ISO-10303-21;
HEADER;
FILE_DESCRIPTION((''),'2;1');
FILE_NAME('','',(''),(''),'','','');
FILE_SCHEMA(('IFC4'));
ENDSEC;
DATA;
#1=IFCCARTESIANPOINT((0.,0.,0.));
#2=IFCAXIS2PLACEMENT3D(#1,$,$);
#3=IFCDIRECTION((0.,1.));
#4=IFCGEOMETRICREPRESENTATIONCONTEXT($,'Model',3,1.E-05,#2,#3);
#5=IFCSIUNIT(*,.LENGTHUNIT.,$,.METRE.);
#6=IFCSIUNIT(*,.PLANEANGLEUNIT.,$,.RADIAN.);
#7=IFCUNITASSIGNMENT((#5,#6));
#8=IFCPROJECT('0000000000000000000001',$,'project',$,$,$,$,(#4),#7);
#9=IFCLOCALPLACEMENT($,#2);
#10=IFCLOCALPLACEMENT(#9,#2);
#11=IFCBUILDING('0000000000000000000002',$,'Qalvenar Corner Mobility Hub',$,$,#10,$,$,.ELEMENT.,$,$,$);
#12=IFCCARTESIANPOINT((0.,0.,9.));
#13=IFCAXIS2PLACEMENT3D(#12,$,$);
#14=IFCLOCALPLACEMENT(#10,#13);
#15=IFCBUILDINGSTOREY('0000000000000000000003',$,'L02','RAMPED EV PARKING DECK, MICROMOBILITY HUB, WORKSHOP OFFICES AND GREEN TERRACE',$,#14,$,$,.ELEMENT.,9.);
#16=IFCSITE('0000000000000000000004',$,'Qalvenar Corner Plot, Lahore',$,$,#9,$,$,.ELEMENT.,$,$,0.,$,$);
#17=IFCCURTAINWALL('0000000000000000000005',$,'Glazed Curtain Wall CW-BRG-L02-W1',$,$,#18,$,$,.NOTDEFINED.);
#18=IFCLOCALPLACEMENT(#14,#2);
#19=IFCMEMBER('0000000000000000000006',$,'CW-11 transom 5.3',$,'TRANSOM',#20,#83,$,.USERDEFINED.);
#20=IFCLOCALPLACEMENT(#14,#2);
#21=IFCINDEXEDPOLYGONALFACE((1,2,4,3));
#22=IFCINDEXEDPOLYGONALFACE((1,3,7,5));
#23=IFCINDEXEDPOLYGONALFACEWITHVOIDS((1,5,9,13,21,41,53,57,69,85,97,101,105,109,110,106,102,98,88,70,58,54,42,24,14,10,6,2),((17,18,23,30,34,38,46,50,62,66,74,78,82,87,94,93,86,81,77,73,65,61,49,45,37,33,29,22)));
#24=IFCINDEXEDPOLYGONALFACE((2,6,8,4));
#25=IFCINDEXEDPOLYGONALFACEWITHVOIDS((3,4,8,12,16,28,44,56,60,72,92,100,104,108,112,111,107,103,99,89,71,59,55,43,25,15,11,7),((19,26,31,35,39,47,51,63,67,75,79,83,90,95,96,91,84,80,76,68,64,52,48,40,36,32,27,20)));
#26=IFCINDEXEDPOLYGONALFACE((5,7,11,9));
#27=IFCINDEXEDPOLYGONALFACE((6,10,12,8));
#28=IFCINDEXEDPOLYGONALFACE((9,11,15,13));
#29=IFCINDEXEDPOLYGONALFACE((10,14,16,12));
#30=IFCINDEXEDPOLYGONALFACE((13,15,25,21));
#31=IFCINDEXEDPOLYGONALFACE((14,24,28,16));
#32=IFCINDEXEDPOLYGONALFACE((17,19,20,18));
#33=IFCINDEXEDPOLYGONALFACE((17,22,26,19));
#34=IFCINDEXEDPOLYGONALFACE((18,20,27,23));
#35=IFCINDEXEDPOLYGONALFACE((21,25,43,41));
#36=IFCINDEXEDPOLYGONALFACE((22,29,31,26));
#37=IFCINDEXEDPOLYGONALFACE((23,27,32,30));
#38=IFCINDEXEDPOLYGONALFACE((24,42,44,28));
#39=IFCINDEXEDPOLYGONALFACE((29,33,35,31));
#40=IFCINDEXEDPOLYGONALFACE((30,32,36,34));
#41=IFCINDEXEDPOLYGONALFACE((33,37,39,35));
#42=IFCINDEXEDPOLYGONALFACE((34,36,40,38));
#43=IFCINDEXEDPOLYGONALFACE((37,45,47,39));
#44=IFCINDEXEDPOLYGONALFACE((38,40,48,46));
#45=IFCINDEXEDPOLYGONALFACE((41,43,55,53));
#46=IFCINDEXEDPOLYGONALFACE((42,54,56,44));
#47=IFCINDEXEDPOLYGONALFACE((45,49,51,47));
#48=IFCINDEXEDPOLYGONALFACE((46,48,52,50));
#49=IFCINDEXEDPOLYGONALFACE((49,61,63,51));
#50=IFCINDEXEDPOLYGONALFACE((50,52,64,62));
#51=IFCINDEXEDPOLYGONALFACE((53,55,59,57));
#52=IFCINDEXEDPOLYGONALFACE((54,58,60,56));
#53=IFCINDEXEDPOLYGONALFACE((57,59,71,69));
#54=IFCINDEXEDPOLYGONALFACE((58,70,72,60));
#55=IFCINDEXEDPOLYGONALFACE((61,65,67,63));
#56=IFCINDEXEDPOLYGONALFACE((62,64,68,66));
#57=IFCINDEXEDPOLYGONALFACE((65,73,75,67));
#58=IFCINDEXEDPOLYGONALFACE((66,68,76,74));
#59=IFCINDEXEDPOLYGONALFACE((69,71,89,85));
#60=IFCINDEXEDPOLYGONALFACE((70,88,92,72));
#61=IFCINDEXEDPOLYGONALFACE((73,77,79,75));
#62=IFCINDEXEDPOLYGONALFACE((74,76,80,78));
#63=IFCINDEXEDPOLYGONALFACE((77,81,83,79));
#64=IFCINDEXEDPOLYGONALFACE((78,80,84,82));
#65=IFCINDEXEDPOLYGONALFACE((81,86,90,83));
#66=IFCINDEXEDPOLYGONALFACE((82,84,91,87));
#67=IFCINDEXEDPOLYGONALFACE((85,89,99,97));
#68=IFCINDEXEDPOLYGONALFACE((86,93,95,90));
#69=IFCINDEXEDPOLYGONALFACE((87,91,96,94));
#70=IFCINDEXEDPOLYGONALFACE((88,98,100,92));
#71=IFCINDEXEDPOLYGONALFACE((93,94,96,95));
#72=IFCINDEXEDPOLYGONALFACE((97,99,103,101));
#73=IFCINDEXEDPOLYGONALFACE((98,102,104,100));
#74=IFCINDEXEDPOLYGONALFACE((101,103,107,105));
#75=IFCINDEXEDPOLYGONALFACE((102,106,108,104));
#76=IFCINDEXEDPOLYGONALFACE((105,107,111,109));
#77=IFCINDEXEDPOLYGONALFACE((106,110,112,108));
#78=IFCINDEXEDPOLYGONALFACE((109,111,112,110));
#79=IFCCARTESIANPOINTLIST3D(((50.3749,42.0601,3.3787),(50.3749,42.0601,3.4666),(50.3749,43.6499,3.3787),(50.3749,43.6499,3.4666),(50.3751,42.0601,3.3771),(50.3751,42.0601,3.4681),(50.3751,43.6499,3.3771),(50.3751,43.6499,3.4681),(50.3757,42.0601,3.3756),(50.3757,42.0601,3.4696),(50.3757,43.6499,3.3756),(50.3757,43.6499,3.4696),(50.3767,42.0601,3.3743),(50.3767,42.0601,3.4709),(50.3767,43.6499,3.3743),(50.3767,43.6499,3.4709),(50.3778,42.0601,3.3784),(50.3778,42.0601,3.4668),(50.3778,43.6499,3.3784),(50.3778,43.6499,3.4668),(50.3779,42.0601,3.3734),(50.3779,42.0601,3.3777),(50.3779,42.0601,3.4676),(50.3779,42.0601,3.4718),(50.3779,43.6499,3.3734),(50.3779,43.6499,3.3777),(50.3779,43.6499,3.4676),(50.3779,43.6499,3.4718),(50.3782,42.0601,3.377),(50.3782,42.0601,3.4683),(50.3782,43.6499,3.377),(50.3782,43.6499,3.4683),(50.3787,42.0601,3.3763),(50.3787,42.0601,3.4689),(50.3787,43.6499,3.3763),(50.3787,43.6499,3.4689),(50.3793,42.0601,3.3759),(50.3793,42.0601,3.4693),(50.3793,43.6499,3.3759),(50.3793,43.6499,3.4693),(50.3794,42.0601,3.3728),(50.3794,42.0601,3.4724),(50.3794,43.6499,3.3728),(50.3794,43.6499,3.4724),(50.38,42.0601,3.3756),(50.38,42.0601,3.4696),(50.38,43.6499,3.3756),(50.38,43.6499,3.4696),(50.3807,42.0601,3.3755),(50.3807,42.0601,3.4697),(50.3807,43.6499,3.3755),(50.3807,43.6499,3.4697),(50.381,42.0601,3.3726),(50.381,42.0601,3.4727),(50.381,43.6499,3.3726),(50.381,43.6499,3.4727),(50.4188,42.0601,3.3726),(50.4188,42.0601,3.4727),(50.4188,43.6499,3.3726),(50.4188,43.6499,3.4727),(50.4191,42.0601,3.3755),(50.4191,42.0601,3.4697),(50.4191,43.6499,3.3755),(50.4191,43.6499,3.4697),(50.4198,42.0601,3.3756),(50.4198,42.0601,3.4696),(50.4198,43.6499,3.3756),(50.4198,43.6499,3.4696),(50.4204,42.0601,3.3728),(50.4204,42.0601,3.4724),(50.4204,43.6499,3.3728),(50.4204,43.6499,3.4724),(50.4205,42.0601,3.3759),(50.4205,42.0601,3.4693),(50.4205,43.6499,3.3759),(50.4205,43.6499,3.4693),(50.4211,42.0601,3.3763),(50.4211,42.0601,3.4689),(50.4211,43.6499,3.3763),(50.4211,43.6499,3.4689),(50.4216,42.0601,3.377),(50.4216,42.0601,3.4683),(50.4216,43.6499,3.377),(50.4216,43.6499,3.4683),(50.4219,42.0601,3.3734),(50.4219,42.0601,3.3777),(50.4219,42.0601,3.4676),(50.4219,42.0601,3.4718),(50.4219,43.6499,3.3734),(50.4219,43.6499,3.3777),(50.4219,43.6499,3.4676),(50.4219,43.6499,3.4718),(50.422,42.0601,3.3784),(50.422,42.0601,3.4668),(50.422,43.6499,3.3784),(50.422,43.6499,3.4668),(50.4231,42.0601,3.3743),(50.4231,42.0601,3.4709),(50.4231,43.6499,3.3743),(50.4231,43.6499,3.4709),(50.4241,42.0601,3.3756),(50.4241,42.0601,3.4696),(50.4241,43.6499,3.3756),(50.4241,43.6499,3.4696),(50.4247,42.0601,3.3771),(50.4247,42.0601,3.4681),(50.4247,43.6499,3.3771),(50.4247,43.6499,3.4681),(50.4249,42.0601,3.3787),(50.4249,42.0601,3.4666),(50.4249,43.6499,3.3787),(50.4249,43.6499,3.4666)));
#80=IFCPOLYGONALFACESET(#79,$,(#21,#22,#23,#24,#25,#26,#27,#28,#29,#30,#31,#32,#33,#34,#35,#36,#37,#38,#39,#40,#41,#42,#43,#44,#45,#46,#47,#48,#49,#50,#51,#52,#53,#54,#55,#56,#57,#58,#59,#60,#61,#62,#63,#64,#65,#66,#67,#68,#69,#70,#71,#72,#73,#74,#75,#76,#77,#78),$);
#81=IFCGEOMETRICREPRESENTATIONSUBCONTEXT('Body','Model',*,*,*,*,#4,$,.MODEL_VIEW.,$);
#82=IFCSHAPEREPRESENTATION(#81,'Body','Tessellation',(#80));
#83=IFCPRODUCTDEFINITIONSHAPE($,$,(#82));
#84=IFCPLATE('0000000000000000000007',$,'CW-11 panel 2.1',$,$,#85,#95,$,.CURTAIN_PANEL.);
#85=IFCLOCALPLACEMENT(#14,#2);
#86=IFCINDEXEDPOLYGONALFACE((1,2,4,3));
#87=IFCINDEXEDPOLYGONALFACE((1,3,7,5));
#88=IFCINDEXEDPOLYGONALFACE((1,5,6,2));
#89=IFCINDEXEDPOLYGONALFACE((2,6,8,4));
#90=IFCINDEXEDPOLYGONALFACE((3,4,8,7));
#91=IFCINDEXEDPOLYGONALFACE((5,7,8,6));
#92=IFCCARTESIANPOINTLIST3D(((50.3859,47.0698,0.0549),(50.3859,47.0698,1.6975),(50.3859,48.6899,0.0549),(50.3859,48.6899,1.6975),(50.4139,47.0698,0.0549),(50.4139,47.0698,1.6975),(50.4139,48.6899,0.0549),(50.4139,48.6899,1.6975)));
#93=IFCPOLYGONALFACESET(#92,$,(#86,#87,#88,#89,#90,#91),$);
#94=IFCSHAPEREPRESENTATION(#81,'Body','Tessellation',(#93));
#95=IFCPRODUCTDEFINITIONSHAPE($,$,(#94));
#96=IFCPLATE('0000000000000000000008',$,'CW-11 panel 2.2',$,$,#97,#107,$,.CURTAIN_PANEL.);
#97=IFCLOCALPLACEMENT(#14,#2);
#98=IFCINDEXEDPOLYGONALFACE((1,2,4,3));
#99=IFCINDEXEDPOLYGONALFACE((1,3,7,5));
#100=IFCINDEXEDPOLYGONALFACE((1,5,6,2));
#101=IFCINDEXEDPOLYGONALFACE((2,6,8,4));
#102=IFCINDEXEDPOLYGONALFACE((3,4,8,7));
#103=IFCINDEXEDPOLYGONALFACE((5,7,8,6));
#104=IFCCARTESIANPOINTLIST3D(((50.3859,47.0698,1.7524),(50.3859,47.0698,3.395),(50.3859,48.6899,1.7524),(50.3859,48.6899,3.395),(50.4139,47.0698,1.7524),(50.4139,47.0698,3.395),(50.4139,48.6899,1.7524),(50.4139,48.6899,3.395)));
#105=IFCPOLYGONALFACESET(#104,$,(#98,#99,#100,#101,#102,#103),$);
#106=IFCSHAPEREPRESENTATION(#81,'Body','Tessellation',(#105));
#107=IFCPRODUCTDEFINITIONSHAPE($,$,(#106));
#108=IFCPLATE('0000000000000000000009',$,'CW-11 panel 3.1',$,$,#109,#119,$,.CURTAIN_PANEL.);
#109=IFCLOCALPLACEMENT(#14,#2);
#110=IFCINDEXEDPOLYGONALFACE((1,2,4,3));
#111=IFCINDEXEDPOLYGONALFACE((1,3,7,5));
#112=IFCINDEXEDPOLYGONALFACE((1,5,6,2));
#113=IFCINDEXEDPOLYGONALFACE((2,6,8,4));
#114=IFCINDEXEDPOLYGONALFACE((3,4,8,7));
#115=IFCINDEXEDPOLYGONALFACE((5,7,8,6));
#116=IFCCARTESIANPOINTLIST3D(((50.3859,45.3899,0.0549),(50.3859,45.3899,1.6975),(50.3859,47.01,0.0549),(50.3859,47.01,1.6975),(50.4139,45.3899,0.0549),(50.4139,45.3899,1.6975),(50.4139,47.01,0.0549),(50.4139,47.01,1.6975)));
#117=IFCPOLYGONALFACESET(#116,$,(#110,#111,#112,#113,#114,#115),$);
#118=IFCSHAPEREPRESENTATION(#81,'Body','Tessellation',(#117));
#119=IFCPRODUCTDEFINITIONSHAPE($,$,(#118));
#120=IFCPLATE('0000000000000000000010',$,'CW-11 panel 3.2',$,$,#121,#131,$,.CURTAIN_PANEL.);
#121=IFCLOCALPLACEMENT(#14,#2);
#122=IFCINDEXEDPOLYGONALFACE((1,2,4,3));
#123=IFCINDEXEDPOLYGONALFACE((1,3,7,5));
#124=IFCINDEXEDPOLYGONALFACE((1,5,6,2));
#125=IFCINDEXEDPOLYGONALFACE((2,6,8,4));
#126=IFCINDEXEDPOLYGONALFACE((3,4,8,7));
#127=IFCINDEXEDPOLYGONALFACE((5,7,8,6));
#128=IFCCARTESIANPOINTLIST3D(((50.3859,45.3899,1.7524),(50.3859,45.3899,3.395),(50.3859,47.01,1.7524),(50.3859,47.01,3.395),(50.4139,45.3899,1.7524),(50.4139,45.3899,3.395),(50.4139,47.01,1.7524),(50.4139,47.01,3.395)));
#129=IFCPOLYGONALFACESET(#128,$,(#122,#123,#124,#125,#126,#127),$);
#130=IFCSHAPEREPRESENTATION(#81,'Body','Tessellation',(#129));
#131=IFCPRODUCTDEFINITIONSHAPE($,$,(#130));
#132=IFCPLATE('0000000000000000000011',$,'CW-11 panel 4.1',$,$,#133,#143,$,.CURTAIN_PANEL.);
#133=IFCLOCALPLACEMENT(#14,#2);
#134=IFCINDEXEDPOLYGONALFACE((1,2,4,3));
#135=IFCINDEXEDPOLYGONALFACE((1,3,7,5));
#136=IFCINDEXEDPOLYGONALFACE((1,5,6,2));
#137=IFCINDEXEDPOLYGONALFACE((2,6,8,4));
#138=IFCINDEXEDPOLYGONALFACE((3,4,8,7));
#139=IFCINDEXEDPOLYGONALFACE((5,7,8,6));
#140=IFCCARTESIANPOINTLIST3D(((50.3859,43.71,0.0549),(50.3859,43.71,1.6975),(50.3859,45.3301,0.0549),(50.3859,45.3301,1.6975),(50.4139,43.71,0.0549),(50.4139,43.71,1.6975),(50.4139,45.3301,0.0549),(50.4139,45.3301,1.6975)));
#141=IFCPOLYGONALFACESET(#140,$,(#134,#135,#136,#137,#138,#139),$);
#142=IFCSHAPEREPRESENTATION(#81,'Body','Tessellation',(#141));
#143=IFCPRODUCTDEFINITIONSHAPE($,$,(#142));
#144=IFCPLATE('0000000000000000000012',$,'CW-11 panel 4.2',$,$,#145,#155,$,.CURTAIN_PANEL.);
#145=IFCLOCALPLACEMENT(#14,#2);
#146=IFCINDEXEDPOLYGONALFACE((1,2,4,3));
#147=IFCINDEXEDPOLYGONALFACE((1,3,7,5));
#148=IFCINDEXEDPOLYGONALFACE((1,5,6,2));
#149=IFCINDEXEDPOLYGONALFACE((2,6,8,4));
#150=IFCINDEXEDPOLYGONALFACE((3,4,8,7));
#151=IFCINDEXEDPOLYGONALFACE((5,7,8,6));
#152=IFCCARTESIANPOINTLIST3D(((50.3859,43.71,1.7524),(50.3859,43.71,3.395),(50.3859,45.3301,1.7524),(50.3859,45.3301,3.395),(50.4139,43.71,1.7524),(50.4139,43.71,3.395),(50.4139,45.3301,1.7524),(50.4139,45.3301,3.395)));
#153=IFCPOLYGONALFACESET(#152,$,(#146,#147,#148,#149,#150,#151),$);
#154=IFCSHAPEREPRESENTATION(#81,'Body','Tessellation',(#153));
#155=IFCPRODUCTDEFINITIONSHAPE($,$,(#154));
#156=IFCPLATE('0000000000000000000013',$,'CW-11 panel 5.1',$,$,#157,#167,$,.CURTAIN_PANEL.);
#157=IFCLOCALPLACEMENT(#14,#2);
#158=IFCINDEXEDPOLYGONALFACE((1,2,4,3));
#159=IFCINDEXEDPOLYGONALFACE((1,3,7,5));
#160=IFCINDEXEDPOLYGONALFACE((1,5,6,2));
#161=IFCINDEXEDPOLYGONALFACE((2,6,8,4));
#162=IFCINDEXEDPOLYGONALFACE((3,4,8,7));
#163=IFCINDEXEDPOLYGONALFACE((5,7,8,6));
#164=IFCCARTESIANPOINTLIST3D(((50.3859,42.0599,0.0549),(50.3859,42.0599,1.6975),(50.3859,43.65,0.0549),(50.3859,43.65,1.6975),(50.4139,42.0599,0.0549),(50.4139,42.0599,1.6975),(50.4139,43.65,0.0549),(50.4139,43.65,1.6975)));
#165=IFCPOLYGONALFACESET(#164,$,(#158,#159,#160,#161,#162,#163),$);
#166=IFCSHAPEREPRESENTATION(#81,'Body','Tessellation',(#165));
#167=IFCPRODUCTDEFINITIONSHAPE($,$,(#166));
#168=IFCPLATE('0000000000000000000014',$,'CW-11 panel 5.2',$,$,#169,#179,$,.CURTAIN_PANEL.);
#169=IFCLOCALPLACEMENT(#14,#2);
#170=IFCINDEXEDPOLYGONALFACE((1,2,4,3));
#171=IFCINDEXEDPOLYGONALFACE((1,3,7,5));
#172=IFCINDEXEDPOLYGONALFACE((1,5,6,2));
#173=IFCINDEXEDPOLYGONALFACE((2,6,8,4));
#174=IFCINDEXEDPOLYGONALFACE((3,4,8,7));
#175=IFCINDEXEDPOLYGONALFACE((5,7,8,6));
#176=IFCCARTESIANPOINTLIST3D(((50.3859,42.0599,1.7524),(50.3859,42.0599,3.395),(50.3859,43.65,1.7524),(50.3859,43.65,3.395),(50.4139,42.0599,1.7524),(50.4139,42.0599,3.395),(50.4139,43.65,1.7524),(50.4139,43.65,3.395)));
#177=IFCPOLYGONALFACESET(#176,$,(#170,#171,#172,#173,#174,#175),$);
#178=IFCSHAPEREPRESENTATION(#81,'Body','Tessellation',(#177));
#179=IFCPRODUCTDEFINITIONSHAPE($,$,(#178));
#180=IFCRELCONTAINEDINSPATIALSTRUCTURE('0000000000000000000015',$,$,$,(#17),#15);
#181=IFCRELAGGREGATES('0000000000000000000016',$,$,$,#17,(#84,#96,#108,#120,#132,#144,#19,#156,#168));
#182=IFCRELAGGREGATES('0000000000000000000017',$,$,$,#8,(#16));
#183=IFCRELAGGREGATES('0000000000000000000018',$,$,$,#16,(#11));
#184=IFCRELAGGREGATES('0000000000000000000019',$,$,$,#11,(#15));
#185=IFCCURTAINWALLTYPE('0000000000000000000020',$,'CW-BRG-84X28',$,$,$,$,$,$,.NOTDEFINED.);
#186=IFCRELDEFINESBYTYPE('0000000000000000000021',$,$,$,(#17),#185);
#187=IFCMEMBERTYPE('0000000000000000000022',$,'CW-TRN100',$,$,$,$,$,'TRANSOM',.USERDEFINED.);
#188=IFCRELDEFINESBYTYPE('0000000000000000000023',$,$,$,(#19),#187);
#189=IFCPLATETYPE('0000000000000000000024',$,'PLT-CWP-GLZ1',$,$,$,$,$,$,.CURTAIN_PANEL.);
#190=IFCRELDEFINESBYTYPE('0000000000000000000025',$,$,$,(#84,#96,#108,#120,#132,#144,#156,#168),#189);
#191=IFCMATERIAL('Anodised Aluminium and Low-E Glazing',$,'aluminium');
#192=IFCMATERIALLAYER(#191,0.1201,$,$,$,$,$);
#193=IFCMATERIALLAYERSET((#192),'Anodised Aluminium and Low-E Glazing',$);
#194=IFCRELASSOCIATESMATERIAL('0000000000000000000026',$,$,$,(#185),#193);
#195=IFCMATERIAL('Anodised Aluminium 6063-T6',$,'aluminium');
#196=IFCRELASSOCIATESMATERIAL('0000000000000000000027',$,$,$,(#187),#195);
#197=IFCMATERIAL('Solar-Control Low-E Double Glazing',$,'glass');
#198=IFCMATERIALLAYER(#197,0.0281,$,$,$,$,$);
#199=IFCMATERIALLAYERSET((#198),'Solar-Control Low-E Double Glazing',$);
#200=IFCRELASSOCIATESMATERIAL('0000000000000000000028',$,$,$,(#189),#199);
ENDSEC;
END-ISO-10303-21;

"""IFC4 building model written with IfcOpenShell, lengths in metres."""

from ifc_helpers import new_model, si_unit, direction, frame, origin, origin_2d, place, context, subcontext, project, spatial, rectangle, hollow_rectangle, extrude, material, layer, layer_set, material_profile, profile_set, type_object, element, aggregate, save


model = new_model("IFC4")

# Units and contexts
model_context = context("Model", 3, precision=1e-05, world=origin(), true_north=direction((0.0, 1.0)))
body_context = subcontext(model_context, "Body", "Model", "MODEL_VIEW")
ifc_project = project(units=[si_unit("LENGTHUNIT", "METRE"), si_unit("PLANEANGLEUNIT", "RADIAN")], contexts=[model_context])

# Site, building, storey
site_placement = place(None, origin())
site = spatial("IfcSite", under=ifc_project, at=site_placement, Name="Qalvenar Corner Plot, Lahore", CompositionType="ELEMENT", RefElevation=0.0)
building_placement = place(site_placement, origin())
building = spatial("IfcBuilding", under=site, at=building_placement, Name="Qalvenar Corner Mobility Hub", CompositionType="ELEMENT")
storey_placement = place(building_placement, frame((0.0, 0.0, 9.0)))
storey = spatial("IfcBuildingStorey", under=building, at=storey_placement, Name="L02", Description="RAMPED EV PARKING DECK, MICROMOBILITY HUB, WORKSHOP OFFICES AND GREEN TERRACE", CompositionType="ELEMENT", Elevation=9.0)

# Curtain wall, member, plates
ifc_material_1 = material(Name="Anodised Aluminium and Low-E Glazing", Category="aluminium")
ifc_layer_1 = layer(ifc_material_1, 0.1201)
ifc_layer_set_1 = layer_set([ifc_layer_1], Name="Anodised Aluminium and Low-E Glazing")
curtain_wall_type = type_object("IfcCurtainWallType", Name="CW-BRG-84X28", PredefinedType="NOTDEFINED", material=ifc_layer_set_1)
curtain_wall_placement = place(storey_placement, origin())
curtain_wall = element("IfcCurtainWall", 1, at=curtain_wall_placement, inside=storey, type_object=curtain_wall_type, Name="Glazed Curtain Wall CW-BRG-L02-W1", PredefinedType="NOTDEFINED")
ifc_material_2 = material(Name="Anodised Aluminium 6063-T6", Category="aluminium")
ifc_material_profile_1 = material_profile(ifc_material_2, hollow_rectangle(XDim=0.05, YDim=0.1001, WallThickness=0.0029, InnerFilletRadius=0.0029, OuterFilletRadius=0.0061, at=origin_2d()), Name="RHS100x50x3")
ifc_profile_set_1 = profile_set([ifc_material_profile_1], Name="Anodised Aluminium 6063-T6")
member_type_1 = type_object("IfcMemberType", Name="CW-TRN100", ElementType="TRANSOM", PredefinedType="USERDEFINED", material=ifc_profile_set_1)
member_1_placement = place(storey_placement, frame((50.3999, 43.6499, 3.4226), z_axis=(0.0, -1.0, 0.0), x_axis=(1.0, 0.0, 0.0)))
member_1 = element("IfcMember", 2, at=member_1_placement, type_object=member_type_1, Name="CW-11 transom 5.3", ObjectType="TRANSOM", PredefinedType="USERDEFINED", context=body_context, shape_type="SweptSolid", body=[
    extrude(hollow_rectangle(XDim=0.05, YDim=0.1001, WallThickness=0.0029, InnerFilletRadius=0.0029, OuterFilletRadius=0.0061, at=origin_2d()), origin(), (0.0, 0.0, 1.0), 1.5898),
])
ifc_material_3 = material(Name="Solar-Control Low-E Double Glazing", Category="glass")
ifc_layer_2 = layer(ifc_material_3, 0.0281)
ifc_layer_set_2 = layer_set([ifc_layer_2], Name="Solar-Control Low-E Double Glazing")
plate_type = type_object("IfcPlateType", Name="PLT-CWP-GLZ1", PredefinedType="CURTAIN_PANEL", material=ifc_layer_set_2)
plate_1_placement = place(storey_placement, frame((50.3999, 47.8799, 0.0549), z_axis=(0.0, 0.0, 1.0), x_axis=(0.0, -1.0, 0.0)))
plate_1 = element("IfcPlate", 3, at=plate_1_placement, type_object=plate_type, Name="CW-11 panel 2.1", PredefinedType="CURTAIN_PANEL", context=body_context, shape_type="SweptSolid", body=[
    extrude(rectangle(XDim=1.6201, YDim=0.0281, at=origin_2d()), origin(), (0.0, 0.0, 1.0), 1.6426),
])
plate_2_placement = place(storey_placement, frame((50.3999, 47.8799, 1.7524), z_axis=(0.0, 0.0, 1.0), x_axis=(0.0, -1.0, 0.0)))
plate_2 = element("IfcPlate", 4, at=plate_2_placement, type_object=plate_type, Name="CW-11 panel 2.2", PredefinedType="CURTAIN_PANEL", context=body_context, shape_type="SweptSolid", body=[
    extrude(rectangle(XDim=1.6201, YDim=0.0281, at=origin_2d()), origin(), (0.0, 0.0, 1.0), 1.6426),
])
plate_3_placement = place(storey_placement, frame((50.3999, 46.2, 0.0549), z_axis=(0.0, 0.0, 1.0), x_axis=(0.0, -1.0, 0.0)))
plate_3 = element("IfcPlate", 5, at=plate_3_placement, type_object=plate_type, Name="CW-11 panel 3.1", PredefinedType="CURTAIN_PANEL", context=body_context, shape_type="SweptSolid", body=[
    extrude(rectangle(XDim=1.6201, YDim=0.0281, at=origin_2d()), origin(), (0.0, 0.0, 1.0), 1.6426),
])
plate_4_placement = place(storey_placement, frame((50.3999, 46.2, 1.7524), z_axis=(0.0, 0.0, 1.0), x_axis=(0.0, -1.0, 0.0)))
plate_4 = element("IfcPlate", 6, at=plate_4_placement, type_object=plate_type, Name="CW-11 panel 3.2", PredefinedType="CURTAIN_PANEL", context=body_context, shape_type="SweptSolid", body=[
    extrude(rectangle(XDim=1.6201, YDim=0.0281, at=origin_2d()), origin(), (0.0, 0.0, 1.0), 1.6426),
])
plate_5_placement = place(storey_placement, frame((50.3999, 44.52, 0.0549), z_axis=(0.0, 0.0, 1.0), x_axis=(0.0, -1.0, 0.0)))
plate_5 = element("IfcPlate", 7, at=plate_5_placement, type_object=plate_type, Name="CW-11 panel 4.1", PredefinedType="CURTAIN_PANEL", context=body_context, shape_type="SweptSolid", body=[
    extrude(rectangle(XDim=1.6201, YDim=0.0281, at=origin_2d()), origin(), (0.0, 0.0, 1.0), 1.6426),
])
plate_6_placement = place(storey_placement, frame((50.3999, 44.52, 1.7524), z_axis=(0.0, 0.0, 1.0), x_axis=(0.0, -1.0, 0.0)))
plate_6 = element("IfcPlate", 8, at=plate_6_placement, type_object=plate_type, Name="CW-11 panel 4.2", PredefinedType="CURTAIN_PANEL", context=body_context, shape_type="SweptSolid", body=[
    extrude(rectangle(XDim=1.6201, YDim=0.0281, at=origin_2d()), origin(), (0.0, 0.0, 1.0), 1.6426),
])
plate_7_placement = place(storey_placement, frame((50.3999, 42.855, 0.0549), z_axis=(0.0, 0.0, 1.0), x_axis=(0.0, -1.0, 0.0)))
plate_7 = element("IfcPlate", 9, at=plate_7_placement, type_object=plate_type, Name="CW-11 panel 5.1", PredefinedType="CURTAIN_PANEL", context=body_context, shape_type="SweptSolid", body=[
    extrude(rectangle(XDim=1.5901, YDim=0.0281, at=origin_2d()), origin(), (0.0, 0.0, 1.0), 1.6426),
])
plate_8_placement = place(storey_placement, frame((50.3999, 42.855, 1.7524), z_axis=(0.0, 0.0, 1.0), x_axis=(0.0, -1.0, 0.0)))
plate_8 = element("IfcPlate", 10, at=plate_8_placement, type_object=plate_type, Name="CW-11 panel 5.2", PredefinedType="CURTAIN_PANEL", context=body_context, shape_type="SweptSolid", body=[
    extrude(rectangle(XDim=1.5901, YDim=0.0281, at=origin_2d()), origin(), (0.0, 0.0, 1.0), 1.6426),
])
aggregate(curtain_wall, [plate_1, plate_2, plate_3, plate_4, plate_5, plate_6, member_1, plate_7, plate_8])

save(model, "model.ifc")
